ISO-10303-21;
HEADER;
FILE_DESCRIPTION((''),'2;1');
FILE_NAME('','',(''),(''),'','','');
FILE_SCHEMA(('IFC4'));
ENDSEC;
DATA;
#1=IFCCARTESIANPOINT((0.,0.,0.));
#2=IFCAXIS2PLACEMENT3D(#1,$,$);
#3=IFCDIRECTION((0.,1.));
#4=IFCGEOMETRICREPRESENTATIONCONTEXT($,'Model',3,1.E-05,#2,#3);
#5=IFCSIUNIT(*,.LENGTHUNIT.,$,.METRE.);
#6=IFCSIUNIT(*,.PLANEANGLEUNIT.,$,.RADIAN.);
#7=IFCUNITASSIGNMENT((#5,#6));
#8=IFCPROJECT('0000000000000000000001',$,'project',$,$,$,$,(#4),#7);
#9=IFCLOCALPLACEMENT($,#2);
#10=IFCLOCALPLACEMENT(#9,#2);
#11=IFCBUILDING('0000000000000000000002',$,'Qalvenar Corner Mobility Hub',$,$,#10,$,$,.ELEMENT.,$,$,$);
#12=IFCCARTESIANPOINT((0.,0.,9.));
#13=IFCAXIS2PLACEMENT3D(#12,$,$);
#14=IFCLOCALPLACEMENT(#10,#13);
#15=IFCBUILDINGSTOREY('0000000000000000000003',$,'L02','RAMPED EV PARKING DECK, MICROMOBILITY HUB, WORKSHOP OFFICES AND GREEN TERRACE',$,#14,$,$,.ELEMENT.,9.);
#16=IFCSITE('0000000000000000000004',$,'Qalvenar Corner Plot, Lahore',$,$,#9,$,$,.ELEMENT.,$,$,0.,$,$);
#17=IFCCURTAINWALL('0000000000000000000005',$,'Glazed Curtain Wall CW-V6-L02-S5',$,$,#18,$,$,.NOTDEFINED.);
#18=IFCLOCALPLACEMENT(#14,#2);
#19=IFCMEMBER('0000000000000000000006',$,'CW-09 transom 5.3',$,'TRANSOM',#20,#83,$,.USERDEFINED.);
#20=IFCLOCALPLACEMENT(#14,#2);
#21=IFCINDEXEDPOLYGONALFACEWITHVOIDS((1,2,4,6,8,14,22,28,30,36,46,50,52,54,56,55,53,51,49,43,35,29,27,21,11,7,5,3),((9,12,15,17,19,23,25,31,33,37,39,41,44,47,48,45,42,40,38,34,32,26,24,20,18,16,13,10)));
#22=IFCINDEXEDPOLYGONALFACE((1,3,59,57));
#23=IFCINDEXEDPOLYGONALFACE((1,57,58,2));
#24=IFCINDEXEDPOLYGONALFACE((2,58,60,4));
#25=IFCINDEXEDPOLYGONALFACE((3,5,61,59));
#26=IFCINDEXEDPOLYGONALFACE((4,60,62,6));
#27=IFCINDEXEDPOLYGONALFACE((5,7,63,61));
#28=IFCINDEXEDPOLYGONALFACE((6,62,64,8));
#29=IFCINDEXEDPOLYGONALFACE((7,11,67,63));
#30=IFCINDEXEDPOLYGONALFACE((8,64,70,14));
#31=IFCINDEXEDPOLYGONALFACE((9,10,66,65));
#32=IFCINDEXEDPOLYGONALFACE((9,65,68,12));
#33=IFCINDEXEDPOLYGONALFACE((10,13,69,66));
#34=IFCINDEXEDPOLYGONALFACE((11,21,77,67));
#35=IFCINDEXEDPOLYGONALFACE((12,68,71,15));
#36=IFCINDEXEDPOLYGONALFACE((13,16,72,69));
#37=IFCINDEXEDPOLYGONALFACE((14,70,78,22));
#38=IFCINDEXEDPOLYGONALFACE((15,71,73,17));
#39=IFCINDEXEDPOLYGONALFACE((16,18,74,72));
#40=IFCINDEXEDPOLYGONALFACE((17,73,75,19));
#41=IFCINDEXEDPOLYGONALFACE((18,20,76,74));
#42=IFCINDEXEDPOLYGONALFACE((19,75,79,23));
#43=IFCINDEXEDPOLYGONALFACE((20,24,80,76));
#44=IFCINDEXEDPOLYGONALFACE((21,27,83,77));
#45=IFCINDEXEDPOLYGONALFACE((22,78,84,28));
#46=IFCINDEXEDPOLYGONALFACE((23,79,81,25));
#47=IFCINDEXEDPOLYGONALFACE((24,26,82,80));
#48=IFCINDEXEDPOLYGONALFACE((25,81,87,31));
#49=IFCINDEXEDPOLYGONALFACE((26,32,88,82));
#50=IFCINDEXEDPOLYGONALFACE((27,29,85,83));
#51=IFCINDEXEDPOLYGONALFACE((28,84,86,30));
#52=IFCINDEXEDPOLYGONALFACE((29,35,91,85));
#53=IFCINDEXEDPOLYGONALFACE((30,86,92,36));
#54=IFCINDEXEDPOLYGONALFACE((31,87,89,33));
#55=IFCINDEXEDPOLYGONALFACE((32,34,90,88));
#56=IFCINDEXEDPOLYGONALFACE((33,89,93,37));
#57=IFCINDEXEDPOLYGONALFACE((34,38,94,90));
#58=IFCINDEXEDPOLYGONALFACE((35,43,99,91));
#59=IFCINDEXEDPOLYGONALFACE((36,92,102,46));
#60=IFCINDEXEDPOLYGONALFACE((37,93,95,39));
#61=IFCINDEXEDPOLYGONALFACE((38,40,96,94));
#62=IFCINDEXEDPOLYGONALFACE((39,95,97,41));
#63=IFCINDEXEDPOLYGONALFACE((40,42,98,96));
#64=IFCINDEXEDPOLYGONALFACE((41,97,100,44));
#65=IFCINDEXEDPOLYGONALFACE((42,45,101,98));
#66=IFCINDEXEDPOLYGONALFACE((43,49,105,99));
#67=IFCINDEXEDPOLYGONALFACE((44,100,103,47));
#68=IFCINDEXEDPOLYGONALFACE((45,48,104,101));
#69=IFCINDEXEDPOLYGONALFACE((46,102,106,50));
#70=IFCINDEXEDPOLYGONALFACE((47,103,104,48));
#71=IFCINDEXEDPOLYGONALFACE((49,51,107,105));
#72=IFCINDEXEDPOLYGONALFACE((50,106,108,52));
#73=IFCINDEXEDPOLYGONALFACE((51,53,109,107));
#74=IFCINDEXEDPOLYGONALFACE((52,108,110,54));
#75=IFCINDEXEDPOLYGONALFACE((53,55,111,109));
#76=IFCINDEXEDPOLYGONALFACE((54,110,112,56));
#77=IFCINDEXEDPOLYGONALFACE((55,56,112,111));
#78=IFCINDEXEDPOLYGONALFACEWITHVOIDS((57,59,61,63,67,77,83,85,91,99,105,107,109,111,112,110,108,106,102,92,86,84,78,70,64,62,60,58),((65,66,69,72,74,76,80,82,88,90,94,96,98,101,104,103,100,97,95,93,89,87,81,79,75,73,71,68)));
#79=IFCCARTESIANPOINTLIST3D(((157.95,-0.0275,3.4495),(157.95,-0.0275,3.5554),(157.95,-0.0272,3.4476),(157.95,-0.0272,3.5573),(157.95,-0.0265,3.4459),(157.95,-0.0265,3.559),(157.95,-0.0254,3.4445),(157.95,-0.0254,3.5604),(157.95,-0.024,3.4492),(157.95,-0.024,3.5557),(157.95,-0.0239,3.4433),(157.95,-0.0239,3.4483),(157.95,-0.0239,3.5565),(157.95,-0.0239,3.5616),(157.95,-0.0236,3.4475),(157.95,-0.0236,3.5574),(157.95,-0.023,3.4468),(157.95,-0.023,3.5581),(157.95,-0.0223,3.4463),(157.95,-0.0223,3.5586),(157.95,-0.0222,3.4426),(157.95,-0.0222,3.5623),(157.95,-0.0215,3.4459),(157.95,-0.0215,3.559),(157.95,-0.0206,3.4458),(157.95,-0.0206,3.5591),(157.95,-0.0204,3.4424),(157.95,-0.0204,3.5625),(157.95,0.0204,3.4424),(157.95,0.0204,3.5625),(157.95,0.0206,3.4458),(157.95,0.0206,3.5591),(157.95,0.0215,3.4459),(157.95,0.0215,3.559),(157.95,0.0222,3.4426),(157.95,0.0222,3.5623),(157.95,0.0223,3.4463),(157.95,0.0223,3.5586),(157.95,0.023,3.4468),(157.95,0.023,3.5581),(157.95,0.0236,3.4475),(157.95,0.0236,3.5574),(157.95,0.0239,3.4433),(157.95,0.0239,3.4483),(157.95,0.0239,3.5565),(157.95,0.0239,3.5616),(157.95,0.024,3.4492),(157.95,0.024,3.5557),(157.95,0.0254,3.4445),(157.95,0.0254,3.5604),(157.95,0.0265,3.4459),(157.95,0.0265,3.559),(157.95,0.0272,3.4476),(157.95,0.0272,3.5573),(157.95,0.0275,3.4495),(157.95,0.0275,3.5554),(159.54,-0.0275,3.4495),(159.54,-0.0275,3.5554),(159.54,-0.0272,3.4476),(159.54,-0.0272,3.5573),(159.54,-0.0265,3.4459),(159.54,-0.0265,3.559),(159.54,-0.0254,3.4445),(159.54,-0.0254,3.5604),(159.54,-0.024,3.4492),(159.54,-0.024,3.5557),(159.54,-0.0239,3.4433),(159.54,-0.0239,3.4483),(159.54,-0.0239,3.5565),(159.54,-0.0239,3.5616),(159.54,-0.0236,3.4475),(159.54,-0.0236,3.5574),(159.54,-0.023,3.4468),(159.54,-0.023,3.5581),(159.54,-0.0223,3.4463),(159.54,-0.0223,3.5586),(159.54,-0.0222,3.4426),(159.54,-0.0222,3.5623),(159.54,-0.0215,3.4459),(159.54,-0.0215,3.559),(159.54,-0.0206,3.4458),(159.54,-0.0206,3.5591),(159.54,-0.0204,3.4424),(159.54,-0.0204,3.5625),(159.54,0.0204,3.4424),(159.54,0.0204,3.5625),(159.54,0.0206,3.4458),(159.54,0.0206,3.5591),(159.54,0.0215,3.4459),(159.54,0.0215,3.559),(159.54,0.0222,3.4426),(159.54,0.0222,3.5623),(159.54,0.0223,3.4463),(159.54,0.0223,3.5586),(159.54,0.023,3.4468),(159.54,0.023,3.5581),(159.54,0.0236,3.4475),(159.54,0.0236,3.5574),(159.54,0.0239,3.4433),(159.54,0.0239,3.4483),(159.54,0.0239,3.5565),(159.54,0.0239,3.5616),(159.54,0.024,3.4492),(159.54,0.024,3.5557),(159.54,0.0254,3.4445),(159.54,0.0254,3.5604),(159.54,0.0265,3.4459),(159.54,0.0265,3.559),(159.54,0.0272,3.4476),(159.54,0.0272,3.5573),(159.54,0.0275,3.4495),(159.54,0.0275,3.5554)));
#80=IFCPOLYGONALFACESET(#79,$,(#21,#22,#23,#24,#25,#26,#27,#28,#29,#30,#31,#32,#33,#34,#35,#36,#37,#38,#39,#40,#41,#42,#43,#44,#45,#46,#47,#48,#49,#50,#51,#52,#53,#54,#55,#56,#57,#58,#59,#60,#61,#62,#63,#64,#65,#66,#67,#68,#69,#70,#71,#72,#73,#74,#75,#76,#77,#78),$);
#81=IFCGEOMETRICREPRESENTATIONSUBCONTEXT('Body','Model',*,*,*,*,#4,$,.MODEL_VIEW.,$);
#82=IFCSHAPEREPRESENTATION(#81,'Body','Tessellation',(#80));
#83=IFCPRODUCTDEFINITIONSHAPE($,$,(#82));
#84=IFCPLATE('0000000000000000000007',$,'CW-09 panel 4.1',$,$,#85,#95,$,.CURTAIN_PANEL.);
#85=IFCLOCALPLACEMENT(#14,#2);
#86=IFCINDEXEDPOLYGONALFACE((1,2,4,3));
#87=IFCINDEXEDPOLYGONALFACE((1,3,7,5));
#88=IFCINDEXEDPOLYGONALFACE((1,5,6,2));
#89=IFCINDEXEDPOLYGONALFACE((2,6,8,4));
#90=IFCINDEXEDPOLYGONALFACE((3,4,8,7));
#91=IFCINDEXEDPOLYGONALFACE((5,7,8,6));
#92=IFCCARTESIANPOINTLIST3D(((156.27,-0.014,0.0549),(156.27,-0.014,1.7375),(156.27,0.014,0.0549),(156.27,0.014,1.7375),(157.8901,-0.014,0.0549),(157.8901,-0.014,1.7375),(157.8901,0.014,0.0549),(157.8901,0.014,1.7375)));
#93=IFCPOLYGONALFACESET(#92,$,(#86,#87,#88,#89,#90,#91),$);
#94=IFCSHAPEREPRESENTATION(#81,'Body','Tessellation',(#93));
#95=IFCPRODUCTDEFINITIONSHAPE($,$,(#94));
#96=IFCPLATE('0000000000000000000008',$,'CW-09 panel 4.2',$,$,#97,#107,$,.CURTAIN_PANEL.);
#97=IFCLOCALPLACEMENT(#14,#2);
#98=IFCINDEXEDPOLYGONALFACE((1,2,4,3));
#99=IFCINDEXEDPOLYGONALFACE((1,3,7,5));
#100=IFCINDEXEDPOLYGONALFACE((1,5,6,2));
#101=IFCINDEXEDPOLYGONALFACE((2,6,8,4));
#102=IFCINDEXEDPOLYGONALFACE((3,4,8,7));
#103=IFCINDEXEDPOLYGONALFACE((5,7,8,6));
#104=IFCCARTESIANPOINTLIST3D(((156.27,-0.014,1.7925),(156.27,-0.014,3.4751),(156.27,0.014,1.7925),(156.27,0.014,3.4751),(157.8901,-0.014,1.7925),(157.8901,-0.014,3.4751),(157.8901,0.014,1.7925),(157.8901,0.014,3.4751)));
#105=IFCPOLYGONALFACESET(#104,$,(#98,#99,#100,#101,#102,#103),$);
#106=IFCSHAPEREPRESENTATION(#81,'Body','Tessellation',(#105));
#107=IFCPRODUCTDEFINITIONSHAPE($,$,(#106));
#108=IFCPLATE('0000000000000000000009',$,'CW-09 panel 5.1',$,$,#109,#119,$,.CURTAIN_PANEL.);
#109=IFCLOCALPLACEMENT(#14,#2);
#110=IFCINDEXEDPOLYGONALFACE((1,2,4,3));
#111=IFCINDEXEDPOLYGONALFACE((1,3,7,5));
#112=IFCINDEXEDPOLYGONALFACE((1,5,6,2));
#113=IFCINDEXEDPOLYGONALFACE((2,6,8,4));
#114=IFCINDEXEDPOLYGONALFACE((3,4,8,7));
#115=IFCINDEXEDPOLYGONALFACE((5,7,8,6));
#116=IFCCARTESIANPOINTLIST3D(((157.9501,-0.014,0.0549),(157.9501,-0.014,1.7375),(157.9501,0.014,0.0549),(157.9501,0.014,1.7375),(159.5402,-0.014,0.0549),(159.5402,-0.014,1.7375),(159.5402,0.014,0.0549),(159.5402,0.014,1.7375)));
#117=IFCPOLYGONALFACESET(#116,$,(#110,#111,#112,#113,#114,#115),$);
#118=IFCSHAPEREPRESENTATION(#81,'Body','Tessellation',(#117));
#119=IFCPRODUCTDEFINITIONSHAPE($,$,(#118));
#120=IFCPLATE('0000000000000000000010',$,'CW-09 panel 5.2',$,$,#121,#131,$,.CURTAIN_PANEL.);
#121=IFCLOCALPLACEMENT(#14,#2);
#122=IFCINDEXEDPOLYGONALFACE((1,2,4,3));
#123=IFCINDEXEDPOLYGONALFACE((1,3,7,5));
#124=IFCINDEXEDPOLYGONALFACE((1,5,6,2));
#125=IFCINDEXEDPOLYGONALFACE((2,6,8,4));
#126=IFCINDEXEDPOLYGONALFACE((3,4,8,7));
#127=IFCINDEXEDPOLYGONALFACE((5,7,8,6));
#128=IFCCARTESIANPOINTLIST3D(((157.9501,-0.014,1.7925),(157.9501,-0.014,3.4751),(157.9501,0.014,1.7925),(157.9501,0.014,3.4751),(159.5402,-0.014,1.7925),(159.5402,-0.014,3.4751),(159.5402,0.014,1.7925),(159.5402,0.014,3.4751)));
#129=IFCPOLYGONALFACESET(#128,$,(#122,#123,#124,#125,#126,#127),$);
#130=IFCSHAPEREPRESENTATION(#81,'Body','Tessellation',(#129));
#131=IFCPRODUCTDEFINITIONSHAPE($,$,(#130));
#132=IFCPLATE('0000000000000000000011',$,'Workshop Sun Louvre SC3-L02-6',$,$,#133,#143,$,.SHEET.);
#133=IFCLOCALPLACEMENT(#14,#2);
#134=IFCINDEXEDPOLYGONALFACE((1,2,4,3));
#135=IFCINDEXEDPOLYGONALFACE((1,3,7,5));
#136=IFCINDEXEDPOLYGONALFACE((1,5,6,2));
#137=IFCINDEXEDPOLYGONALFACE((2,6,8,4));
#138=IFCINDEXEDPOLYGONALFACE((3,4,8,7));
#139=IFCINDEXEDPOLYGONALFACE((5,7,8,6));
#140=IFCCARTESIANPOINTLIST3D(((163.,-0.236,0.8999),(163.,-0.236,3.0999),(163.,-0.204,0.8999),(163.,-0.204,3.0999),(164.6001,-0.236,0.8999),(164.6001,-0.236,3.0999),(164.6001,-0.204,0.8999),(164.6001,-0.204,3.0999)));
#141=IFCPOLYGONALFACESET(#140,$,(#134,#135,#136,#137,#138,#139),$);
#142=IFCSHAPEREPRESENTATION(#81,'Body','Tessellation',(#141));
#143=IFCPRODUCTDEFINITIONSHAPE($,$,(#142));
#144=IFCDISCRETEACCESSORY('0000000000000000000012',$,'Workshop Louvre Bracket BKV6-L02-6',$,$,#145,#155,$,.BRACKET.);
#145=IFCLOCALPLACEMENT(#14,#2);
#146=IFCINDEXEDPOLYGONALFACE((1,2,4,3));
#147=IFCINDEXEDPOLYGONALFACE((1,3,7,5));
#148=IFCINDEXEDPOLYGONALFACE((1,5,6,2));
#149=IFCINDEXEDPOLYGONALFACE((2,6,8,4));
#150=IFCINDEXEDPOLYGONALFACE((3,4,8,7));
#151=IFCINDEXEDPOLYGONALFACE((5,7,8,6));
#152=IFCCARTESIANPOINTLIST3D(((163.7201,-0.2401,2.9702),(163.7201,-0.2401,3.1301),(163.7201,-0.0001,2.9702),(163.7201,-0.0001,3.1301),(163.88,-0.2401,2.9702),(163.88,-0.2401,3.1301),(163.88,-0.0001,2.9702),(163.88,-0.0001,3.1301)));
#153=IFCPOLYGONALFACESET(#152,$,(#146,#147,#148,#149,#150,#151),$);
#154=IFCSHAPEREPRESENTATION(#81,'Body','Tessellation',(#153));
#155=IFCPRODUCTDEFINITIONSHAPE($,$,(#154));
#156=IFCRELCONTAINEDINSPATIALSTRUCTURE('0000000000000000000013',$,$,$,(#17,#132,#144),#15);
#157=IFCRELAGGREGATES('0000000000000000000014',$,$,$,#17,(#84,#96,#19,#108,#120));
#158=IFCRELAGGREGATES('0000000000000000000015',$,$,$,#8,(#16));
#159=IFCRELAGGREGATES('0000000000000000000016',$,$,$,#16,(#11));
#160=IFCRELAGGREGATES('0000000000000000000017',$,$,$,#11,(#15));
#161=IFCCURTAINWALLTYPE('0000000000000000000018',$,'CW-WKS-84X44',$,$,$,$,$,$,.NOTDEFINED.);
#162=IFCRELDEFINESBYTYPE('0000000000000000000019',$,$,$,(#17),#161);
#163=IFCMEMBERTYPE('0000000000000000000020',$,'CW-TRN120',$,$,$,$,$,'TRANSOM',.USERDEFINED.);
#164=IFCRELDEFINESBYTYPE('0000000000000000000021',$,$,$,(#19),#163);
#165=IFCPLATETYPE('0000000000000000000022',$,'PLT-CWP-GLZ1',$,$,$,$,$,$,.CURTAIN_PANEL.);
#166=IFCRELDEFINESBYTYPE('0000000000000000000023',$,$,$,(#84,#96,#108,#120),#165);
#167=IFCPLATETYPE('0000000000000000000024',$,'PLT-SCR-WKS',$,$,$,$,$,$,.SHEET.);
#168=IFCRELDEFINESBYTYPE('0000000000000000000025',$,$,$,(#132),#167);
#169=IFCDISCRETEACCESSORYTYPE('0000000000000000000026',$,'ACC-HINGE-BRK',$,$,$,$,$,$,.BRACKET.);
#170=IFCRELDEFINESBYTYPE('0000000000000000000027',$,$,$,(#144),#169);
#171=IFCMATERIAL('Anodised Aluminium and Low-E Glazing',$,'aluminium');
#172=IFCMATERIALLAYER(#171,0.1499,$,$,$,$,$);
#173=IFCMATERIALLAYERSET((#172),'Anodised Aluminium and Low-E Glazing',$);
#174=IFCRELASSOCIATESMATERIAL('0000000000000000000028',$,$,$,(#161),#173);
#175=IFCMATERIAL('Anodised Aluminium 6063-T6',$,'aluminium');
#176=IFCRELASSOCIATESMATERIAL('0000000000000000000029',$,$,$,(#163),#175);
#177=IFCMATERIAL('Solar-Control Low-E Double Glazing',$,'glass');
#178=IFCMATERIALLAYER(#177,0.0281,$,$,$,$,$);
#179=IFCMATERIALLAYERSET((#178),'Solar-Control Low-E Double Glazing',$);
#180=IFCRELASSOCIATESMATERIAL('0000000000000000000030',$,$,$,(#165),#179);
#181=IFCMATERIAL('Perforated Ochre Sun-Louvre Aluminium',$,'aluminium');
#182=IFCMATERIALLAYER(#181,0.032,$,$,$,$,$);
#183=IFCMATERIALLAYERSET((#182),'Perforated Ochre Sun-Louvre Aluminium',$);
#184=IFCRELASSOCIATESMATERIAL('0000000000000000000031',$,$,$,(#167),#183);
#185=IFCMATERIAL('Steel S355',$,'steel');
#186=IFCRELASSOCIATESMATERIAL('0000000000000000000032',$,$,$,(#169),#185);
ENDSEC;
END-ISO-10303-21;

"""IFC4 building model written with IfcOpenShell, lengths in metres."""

from ifc_helpers import new_model, si_unit, direction, frame, origin, origin_2d, place, context, subcontext, project, spatial, rectangle, hollow_rectangle, extrude, material, layer, layer_set, material_profile, profile_set, type_object, element, aggregate, save


model = new_model("IFC4")

# Units and contexts
model_context = context("Model", 3, precision=1e-05, world=origin(), true_north=direction((0.0, 1.0)))
body_context = subcontext(model_context, "Body", "Model", "MODEL_VIEW")
ifc_project = project(units=[si_unit("LENGTHUNIT", "METRE"), si_unit("PLANEANGLEUNIT", "RADIAN")], contexts=[model_context])

# Site, building, storey
site_placement = place(None, origin())
site = spatial("IfcSite", under=ifc_project, at=site_placement, Name="Qalvenar Corner Plot, Lahore", CompositionType="ELEMENT", RefElevation=0.0)
building_placement = place(site_placement, origin())
building = spatial("IfcBuilding", under=site, at=building_placement, Name="Qalvenar Corner Mobility Hub", CompositionType="ELEMENT")
storey_placement = place(building_placement, frame((0.0, 0.0, 9.0)))
storey = spatial("IfcBuildingStorey", under=building, at=storey_placement, Name="L02", Description="RAMPED EV PARKING DECK, MICROMOBILITY HUB, WORKSHOP OFFICES AND GREEN TERRACE", CompositionType="ELEMENT", Elevation=9.0)

# Shared definitions
ifc_material_1 = material(Name="Steel S355", Category="steel")

# Curtain wall, member, plates
ifc_material_2 = material(Name="Anodised Aluminium and Low-E Glazing", Category="aluminium")
ifc_layer_1 = layer(ifc_material_2, 0.1499)
ifc_layer_set_1 = layer_set([ifc_layer_1], Name="Anodised Aluminium and Low-E Glazing")
curtain_wall_type = type_object("IfcCurtainWallType", Name="CW-WKS-84X44", PredefinedType="NOTDEFINED", material=ifc_layer_set_1)
curtain_wall_placement = place(storey_placement, origin())
curtain_wall = element("IfcCurtainWall", 1, at=curtain_wall_placement, inside=storey, type_object=curtain_wall_type, Name="Glazed Curtain Wall CW-V6-L02-S5", PredefinedType="NOTDEFINED")
ifc_material_3 = material(Name="Anodised Aluminium 6063-T6", Category="aluminium")
ifc_material_profile_1 = material_profile(ifc_material_3, hollow_rectangle(XDim=0.0549, YDim=0.1201, WallThickness=0.0034, InnerFilletRadius=0.0034, OuterFilletRadius=0.0071, at=origin_2d()), Name="RHS120x55x3.5")
ifc_profile_set_1 = profile_set([ifc_material_profile_1], Name="Anodised Aluminium 6063-T6")
member_type_1 = type_object("IfcMemberType", Name="CW-TRN120", ElementType="TRANSOM", PredefinedType="USERDEFINED", material=ifc_profile_set_1)
member_1_placement = place(storey_placement, frame((157.95, 0.0, 3.5024), z_axis=(1.0, 0.0, 0.0), x_axis=(0.0, 1.0, 0.0)))
member_1 = element("IfcMember", 2, at=member_1_placement, type_object=member_type_1, Name="CW-09 transom 5.3", ObjectType="TRANSOM", PredefinedType="USERDEFINED", context=body_context, shape_type="SweptSolid", body=[
    extrude(hollow_rectangle(XDim=0.0549, YDim=0.1201, WallThickness=0.0034, InnerFilletRadius=0.0034, OuterFilletRadius=0.0071, at=origin_2d()), origin(), (0.0, 0.0, 1.0), 1.5901),
])
ifc_material_4 = material(Name="Solar-Control Low-E Double Glazing", Category="glass")
ifc_layer_2 = layer(ifc_material_4, 0.0281)
ifc_layer_set_2 = layer_set([ifc_layer_2], Name="Solar-Control Low-E Double Glazing")
plate_type_1 = type_object("IfcPlateType", Name="PLT-CWP-GLZ1", PredefinedType="CURTAIN_PANEL", material=ifc_layer_set_2)
plate_1_placement = place(storey_placement, frame((157.0801, 0.0, 0.0549), z_axis=(0.0, 0.0, 1.0), x_axis=(1.0, 0.0, 0.0)))
plate_1 = element("IfcPlate", 3, at=plate_1_placement, type_object=plate_type_1, Name="CW-09 panel 4.1", PredefinedType="CURTAIN_PANEL", context=body_context, shape_type="SweptSolid", body=[
    extrude(rectangle(XDim=1.6201, YDim=0.0281, at=origin_2d()), origin(), (0.0, 0.0, 1.0), 1.6826),
])
plate_2_placement = place(storey_placement, frame((157.0801, 0.0, 1.7925), z_axis=(0.0, 0.0, 1.0), x_axis=(1.0, 0.0, 0.0)))
plate_2 = element("IfcPlate", 4, at=plate_2_placement, type_object=plate_type_1, Name="CW-09 panel 4.2", PredefinedType="CURTAIN_PANEL", context=body_context, shape_type="SweptSolid", body=[
    extrude(rectangle(XDim=1.6201, YDim=0.0281, at=origin_2d()), origin(), (0.0, 0.0, 1.0), 1.6826),
])
plate_3_placement = place(storey_placement, frame((158.7451, 0.0, 0.0549), z_axis=(0.0, 0.0, 1.0), x_axis=(1.0, 0.0, 0.0)))
plate_3 = element("IfcPlate", 5, at=plate_3_placement, type_object=plate_type_1, Name="CW-09 panel 5.1", PredefinedType="CURTAIN_PANEL", context=body_context, shape_type="SweptSolid", body=[
    extrude(rectangle(XDim=1.5901, YDim=0.0281, at=origin_2d()), origin(), (0.0, 0.0, 1.0), 1.6826),
])
plate_4_placement = place(storey_placement, frame((158.7451, 0.0, 1.7925), z_axis=(0.0, 0.0, 1.0), x_axis=(1.0, 0.0, 0.0)))
plate_4 = element("IfcPlate", 6, at=plate_4_placement, type_object=plate_type_1, Name="CW-09 panel 5.2", PredefinedType="CURTAIN_PANEL", context=body_context, shape_type="SweptSolid", body=[
    extrude(rectangle(XDim=1.5901, YDim=0.0281, at=origin_2d()), origin(), (0.0, 0.0, 1.0), 1.6826),
])
aggregate(curtain_wall, [plate_1, plate_2, member_1, plate_3, plate_4])

# Plate
ifc_material_5 = material(Name="Perforated Ochre Sun-Louvre Aluminium", Category="aluminium")
ifc_layer_3 = layer(ifc_material_5, 0.032)
ifc_layer_set_3 = layer_set([ifc_layer_3], Name="Perforated Ochre Sun-Louvre Aluminium")
plate_type_2 = type_object("IfcPlateType", Name="PLT-SCR-WKS", PredefinedType="SHEET", material=ifc_layer_set_3)
plate_5_placement = place(storey_placement, frame((163.8, -0.22, 0.8999), z_axis=(0.0, 0.0, 1.0), x_axis=(1.0, 0.0, 0.0)))
element("IfcPlate", 7, at=plate_5_placement, inside=storey, type_object=plate_type_2, Name="Workshop Sun Louvre SC3-L02-6", PredefinedType="SHEET", context=body_context, shape_type="SweptSolid", body=[
    extrude(rectangle(XDim=1.6001, YDim=0.032, at=origin_2d()), origin(), (0.0, 0.0, 1.0), 2.2),
])

# Discrete accessory
discrete_accessory_type = type_object("IfcDiscreteAccessoryType", Name="ACC-HINGE-BRK", PredefinedType="BRACKET", material=ifc_material_1)
discrete_accessory_placement = place(storey_placement, frame((163.8, -0.1201, 2.9702), z_axis=(0.0, 0.0, 1.0), x_axis=(1.0, 0.0, 0.0)))
element("IfcDiscreteAccessory", 8, at=discrete_accessory_placement, inside=storey, type_object=discrete_accessory_type, Name="Workshop Louvre Bracket BKV6-L02-6", PredefinedType="BRACKET", context=body_context, shape_type="SweptSolid", body=[
    extrude(rectangle(XDim=0.1599, YDim=0.24, at=origin_2d()), origin(), (0.0, 0.0, 1.0), 0.1599),
])

save(model, "model.ifc")
